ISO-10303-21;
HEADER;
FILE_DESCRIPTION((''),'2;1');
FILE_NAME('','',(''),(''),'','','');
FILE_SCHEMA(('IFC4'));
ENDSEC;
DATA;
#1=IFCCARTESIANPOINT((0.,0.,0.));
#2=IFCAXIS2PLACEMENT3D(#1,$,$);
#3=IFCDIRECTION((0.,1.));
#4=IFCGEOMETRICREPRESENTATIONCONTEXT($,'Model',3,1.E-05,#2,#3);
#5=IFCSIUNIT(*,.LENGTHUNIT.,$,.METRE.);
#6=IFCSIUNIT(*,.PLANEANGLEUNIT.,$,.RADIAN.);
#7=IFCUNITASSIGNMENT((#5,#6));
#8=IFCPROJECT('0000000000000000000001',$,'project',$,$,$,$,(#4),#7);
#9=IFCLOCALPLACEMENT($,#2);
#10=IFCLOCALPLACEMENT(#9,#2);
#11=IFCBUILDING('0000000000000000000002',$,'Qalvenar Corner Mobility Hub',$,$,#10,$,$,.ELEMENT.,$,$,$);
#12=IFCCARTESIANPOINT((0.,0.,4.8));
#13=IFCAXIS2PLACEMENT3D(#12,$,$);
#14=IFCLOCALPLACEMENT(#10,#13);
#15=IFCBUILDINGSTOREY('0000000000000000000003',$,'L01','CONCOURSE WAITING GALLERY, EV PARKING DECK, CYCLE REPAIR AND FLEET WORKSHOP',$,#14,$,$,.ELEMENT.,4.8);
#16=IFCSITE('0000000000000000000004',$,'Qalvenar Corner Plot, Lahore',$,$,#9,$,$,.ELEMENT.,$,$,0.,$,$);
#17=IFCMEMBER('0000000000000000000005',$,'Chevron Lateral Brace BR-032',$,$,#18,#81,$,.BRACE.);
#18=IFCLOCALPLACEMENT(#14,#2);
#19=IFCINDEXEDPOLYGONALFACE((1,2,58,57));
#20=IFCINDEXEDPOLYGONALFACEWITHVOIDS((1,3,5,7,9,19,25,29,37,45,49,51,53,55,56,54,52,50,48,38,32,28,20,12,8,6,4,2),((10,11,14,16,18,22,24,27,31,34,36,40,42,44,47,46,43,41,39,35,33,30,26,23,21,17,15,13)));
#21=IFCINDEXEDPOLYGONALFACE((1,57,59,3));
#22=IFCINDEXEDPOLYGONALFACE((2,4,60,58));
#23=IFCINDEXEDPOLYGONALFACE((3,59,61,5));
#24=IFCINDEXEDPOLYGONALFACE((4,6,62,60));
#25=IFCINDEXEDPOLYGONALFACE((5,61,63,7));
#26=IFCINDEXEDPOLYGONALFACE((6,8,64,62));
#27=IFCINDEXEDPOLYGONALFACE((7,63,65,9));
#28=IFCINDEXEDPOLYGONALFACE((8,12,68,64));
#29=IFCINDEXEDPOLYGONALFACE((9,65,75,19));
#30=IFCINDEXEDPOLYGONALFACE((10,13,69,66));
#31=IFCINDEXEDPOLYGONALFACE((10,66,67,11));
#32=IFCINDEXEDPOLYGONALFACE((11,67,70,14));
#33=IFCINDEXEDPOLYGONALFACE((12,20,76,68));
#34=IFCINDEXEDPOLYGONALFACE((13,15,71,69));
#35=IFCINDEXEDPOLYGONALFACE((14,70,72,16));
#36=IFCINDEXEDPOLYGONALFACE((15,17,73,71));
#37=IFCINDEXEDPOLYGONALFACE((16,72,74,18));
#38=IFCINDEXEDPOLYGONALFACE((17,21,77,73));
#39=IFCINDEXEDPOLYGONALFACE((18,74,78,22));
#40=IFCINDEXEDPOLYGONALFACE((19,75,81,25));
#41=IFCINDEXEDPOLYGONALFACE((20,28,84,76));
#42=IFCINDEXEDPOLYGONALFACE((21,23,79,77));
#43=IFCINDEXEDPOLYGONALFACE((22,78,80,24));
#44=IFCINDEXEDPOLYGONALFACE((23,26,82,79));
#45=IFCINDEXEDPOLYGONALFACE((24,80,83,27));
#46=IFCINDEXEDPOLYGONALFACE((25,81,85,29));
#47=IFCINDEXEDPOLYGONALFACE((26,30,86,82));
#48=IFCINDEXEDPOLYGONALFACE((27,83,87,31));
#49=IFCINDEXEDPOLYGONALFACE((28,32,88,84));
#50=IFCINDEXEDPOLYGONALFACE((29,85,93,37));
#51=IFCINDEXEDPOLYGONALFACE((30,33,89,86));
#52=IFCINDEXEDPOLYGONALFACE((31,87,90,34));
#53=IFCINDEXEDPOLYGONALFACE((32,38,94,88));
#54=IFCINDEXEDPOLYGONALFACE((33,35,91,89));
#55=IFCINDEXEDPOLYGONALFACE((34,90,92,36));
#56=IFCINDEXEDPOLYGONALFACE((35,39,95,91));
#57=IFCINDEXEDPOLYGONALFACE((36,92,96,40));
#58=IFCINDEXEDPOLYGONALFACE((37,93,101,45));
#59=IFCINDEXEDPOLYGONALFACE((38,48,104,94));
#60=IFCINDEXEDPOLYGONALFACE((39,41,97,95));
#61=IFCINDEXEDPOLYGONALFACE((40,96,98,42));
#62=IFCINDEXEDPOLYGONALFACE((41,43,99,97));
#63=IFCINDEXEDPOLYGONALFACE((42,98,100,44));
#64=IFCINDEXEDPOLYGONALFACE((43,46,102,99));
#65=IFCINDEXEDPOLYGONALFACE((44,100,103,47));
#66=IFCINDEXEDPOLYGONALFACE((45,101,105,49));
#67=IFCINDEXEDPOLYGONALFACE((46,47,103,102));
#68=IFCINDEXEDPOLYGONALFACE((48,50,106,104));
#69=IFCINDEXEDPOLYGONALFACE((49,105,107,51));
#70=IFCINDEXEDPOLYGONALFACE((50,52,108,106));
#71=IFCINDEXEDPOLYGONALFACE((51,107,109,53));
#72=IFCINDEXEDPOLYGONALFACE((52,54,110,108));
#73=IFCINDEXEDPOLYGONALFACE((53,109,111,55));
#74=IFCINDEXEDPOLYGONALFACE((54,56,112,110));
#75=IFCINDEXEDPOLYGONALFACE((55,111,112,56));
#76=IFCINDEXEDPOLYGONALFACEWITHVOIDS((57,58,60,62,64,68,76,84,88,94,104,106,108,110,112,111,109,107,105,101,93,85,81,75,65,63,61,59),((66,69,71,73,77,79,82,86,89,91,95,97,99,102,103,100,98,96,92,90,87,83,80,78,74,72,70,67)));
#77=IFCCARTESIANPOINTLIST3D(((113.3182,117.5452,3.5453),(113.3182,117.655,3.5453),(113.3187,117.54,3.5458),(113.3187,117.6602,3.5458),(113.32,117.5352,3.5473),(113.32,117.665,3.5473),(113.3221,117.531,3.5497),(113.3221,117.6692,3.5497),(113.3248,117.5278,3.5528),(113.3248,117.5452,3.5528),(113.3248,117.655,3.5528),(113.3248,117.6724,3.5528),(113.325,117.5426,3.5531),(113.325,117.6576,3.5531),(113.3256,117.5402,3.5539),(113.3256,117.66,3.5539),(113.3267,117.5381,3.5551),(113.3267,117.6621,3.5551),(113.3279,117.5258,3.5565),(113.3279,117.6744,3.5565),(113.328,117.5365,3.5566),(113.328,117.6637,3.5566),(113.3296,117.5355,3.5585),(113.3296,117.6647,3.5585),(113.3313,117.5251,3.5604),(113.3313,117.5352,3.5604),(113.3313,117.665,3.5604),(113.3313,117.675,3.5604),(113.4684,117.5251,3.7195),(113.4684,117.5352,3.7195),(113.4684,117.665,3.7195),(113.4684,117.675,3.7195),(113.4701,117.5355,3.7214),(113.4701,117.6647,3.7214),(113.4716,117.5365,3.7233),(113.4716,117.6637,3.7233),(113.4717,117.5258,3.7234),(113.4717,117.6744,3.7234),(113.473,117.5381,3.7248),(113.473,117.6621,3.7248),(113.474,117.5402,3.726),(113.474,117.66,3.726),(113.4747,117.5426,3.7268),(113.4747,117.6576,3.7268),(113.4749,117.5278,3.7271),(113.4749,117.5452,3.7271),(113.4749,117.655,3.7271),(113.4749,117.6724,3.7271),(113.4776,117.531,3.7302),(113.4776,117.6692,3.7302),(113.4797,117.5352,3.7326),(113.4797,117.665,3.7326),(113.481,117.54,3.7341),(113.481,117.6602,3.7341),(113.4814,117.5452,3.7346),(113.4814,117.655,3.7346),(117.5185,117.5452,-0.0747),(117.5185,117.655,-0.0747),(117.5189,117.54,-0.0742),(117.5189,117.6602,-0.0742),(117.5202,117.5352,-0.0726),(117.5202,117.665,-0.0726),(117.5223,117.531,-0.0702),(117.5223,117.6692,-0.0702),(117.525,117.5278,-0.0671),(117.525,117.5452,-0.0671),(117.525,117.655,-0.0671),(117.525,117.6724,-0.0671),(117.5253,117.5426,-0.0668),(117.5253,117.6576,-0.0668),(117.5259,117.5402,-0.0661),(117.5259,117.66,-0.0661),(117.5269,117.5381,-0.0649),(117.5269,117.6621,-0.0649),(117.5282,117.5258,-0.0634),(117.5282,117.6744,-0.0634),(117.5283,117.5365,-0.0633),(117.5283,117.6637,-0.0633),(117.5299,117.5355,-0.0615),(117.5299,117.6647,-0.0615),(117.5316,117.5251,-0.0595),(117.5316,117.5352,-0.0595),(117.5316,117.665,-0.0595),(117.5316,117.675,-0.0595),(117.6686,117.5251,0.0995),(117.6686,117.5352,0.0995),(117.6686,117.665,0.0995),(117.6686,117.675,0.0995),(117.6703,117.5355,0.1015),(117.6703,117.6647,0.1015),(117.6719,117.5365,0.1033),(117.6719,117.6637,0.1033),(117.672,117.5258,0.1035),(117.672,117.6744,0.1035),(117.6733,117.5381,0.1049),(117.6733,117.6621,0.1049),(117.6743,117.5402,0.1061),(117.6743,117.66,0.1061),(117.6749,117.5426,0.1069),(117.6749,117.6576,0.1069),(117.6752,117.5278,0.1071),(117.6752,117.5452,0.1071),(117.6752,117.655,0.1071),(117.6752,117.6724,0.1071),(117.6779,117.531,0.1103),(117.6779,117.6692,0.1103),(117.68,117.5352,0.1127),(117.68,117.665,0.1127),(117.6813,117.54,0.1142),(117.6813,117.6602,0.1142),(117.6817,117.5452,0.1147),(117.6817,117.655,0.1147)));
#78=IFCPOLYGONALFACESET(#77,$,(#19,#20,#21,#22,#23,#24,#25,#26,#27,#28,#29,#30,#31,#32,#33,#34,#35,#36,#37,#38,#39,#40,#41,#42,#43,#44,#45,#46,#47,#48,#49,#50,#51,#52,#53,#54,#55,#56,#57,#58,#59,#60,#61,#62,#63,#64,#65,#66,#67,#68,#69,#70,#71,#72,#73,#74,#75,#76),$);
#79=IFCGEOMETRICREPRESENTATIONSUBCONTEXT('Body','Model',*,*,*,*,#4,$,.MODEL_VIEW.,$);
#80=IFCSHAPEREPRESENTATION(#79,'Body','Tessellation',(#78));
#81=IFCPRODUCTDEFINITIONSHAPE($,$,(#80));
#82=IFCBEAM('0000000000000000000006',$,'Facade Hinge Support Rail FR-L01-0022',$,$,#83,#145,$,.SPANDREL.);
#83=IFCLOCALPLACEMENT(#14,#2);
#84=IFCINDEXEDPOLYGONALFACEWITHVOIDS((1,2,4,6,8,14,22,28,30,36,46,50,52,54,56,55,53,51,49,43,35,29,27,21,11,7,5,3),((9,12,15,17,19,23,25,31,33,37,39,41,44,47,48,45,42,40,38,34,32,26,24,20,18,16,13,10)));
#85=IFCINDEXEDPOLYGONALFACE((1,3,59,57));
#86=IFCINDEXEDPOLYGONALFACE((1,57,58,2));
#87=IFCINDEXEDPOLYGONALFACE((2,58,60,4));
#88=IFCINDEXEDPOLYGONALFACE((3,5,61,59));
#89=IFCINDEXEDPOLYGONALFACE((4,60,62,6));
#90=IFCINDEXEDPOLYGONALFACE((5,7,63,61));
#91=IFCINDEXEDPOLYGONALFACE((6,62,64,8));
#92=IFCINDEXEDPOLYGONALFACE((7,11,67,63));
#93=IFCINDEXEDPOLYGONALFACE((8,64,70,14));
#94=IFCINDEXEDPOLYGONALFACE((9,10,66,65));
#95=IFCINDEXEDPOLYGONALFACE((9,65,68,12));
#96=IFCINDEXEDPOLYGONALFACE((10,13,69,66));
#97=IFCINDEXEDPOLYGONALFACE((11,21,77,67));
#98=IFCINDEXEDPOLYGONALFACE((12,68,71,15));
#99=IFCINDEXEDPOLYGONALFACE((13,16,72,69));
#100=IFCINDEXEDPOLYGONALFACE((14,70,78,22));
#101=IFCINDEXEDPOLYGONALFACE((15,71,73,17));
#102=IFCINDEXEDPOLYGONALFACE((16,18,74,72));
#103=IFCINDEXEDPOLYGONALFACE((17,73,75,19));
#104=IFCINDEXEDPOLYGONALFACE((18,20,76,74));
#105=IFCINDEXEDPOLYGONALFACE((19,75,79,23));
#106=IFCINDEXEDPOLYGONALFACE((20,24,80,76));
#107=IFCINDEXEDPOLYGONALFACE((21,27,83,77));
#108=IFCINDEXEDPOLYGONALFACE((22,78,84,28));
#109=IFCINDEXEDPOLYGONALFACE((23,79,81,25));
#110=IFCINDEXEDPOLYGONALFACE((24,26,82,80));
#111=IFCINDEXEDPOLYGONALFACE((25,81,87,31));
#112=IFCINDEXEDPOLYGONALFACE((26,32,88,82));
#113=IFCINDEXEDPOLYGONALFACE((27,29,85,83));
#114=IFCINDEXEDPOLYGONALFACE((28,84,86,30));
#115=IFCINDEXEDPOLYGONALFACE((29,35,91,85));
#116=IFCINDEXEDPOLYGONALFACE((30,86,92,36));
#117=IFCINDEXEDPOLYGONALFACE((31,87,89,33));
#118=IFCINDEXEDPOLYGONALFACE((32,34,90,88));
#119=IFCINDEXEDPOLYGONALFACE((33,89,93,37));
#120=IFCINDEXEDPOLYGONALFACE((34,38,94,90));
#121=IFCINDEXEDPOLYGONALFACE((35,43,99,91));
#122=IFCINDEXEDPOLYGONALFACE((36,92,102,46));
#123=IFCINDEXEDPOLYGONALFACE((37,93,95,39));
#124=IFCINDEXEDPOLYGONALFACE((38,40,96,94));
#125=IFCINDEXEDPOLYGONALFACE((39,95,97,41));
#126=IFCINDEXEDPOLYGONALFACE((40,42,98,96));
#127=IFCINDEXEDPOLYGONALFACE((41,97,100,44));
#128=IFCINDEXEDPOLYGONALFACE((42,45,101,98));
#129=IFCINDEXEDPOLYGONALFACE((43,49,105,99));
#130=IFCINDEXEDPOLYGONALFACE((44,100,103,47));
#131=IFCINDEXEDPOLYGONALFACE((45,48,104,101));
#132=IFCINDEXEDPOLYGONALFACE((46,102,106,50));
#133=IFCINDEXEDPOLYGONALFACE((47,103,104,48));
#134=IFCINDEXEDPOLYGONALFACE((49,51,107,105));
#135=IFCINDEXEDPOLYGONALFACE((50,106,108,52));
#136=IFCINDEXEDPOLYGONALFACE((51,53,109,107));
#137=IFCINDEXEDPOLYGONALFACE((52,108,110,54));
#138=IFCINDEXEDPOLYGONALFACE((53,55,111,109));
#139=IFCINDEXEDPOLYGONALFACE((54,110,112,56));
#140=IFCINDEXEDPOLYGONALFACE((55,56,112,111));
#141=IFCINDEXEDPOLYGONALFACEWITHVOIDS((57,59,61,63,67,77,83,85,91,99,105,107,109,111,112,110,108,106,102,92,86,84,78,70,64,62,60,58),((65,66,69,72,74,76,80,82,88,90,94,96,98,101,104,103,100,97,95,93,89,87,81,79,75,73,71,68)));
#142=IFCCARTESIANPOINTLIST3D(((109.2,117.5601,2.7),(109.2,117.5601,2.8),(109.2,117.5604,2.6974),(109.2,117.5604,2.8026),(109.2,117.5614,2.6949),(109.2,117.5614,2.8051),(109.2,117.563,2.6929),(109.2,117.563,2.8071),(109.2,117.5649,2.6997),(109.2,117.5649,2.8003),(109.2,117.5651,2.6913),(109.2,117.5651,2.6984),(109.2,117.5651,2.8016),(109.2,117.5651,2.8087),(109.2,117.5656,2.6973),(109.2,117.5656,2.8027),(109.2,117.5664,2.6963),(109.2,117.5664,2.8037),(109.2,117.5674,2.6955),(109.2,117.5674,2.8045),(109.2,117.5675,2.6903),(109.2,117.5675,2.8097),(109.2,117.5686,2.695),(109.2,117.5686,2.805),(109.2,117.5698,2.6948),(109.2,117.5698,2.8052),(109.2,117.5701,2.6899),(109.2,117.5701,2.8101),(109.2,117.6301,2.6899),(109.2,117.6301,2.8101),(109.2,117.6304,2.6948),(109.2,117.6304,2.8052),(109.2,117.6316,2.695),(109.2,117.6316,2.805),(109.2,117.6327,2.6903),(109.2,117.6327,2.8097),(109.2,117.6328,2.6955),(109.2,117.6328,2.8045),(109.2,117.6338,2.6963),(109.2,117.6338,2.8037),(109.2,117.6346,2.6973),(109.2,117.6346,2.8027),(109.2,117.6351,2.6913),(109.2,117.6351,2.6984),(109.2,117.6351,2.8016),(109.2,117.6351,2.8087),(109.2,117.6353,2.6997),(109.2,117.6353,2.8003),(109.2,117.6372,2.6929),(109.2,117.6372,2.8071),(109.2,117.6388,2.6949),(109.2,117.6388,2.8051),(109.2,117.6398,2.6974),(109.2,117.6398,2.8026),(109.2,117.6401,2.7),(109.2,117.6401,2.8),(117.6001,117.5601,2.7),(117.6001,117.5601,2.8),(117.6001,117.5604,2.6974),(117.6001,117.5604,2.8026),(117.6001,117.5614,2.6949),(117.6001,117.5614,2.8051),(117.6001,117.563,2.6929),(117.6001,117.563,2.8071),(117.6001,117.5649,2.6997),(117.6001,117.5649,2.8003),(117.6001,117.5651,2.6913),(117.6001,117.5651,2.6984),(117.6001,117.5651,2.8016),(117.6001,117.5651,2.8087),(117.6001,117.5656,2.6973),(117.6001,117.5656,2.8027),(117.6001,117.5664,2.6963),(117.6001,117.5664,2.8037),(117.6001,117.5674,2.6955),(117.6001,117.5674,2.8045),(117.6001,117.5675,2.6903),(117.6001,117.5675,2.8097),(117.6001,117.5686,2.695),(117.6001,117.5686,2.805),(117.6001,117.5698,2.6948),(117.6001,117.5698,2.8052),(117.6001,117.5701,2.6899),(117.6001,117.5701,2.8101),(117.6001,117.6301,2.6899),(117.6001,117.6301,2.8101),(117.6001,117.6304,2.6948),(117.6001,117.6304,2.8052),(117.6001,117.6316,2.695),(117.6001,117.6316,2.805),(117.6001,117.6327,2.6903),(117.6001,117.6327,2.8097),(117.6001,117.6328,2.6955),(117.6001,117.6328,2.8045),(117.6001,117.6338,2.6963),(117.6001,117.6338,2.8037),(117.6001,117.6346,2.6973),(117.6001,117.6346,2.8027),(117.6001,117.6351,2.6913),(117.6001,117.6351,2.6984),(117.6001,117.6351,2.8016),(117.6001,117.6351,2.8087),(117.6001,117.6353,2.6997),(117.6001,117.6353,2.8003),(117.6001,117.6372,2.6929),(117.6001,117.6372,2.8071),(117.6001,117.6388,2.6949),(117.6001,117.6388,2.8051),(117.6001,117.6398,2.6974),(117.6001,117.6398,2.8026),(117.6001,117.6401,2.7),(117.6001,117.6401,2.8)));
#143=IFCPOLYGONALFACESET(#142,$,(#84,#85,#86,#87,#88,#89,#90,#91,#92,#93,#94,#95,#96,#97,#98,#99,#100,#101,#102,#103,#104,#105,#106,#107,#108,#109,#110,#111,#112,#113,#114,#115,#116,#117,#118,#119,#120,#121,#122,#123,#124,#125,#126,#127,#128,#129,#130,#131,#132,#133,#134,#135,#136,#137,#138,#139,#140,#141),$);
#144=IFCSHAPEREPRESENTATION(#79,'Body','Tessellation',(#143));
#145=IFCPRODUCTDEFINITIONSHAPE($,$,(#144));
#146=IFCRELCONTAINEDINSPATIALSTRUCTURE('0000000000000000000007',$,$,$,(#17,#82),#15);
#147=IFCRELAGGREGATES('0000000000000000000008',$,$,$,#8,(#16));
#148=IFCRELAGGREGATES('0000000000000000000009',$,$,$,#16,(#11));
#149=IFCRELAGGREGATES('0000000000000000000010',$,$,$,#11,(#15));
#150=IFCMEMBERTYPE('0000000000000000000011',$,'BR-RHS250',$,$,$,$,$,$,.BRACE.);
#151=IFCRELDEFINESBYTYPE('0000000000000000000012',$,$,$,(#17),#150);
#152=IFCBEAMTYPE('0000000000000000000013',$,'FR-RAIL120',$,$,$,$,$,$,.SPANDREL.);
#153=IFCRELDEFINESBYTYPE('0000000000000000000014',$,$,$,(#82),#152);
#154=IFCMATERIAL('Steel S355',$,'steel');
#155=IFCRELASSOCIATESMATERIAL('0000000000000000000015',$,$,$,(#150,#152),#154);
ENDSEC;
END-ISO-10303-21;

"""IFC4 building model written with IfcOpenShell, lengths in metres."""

from ifc_helpers import new_model, si_unit, direction, frame, origin, origin_2d, place, context, subcontext, project, spatial, hollow_rectangle, extrude, material, material_profile, profile_set, type_object, element, save


model = new_model("IFC4")

# Units and contexts
model_context = context("Model", 3, precision=1e-05, world=origin(), true_north=direction((0.0, 1.0)))
body_context = subcontext(model_context, "Body", "Model", "MODEL_VIEW")
ifc_project = project(units=[si_unit("LENGTHUNIT", "METRE"), si_unit("PLANEANGLEUNIT", "RADIAN")], contexts=[model_context])

# Site, building, storey
site_placement = place(None, origin())
site = spatial("IfcSite", under=ifc_project, at=site_placement, Name="Qalvenar Corner Plot, Lahore", CompositionType="ELEMENT", RefElevation=0.0)
building_placement = place(site_placement, origin())
building = spatial("IfcBuilding", under=site, at=building_placement, Name="Qalvenar Corner Mobility Hub", CompositionType="ELEMENT")
storey_placement = place(building_placement, frame((0.0, 0.0, 4.8)))
storey = spatial("IfcBuildingStorey", under=building, at=storey_placement, Name="L01", Description="CONCOURSE WAITING GALLERY, EV PARKING DECK, CYCLE REPAIR AND FLEET WORKSHOP", CompositionType="ELEMENT", Elevation=4.8)

# Shared definitions
ifc_material = material(Name="Steel S355", Category="steel")

# Member
ifc_material_profile_1 = material_profile(ifc_material, hollow_rectangle(XDim=0.1499, YDim=0.25, WallThickness=0.01, InnerFilletRadius=0.01, OuterFilletRadius=0.02, at=origin_2d()), Name="RHS250x150x10")
ifc_profile_set_1 = profile_set([ifc_material_profile_1], Name="Steel S355")
member_type = type_object("IfcMemberType", Name="BR-RHS250", PredefinedType="BRACE", material=ifc_profile_set_1)
member_placement = place(storey_placement, frame((117.6001, 117.6001, 0.02), z_axis=(-0.757498, 0.0, 0.652838), x_axis=(0.0, -1.0, 0.0)))
element("IfcMember", 1, at=member_placement, inside=storey, type_object=member_type, Name="Chevron Lateral Brace BR-032", PredefinedType="BRACE", context=body_context, shape_type="SweptSolid", body=[
    extrude(hollow_rectangle(XDim=0.1499, YDim=0.25, WallThickness=0.01, InnerFilletRadius=0.01, OuterFilletRadius=0.02, at=origin_2d()), origin(), (0.0, 0.0, 1.0), 5.5449),
])

# Beam
ifc_material_profile_2 = material_profile(ifc_material, hollow_rectangle(XDim=0.0801, YDim=0.1201, WallThickness=0.0049, InnerFilletRadius=0.0049, OuterFilletRadius=0.01, at=origin_2d()), Name="RHS120x80x5")
ifc_profile_set_2 = profile_set([ifc_material_profile_2], Name="Steel S355")
beam_type_1 = type_object("IfcBeamType", Name="FR-RAIL120", PredefinedType="SPANDREL", material=ifc_profile_set_2)
beam_1_placement = place(storey_placement, frame((117.6001, 117.6001, 2.75), z_axis=(-1.0, 0.0, 0.0), x_axis=(0.0, -1.0, 0.0)))
element("IfcBeam", 2, at=beam_1_placement, inside=storey, type_object=beam_type_1, Name="Facade Hinge Support Rail FR-L01-0022", PredefinedType="SPANDREL", context=body_context, shape_type="SweptSolid", body=[
    extrude(hollow_rectangle(XDim=0.0801, YDim=0.1201, WallThickness=0.0049, InnerFilletRadius=0.0049, OuterFilletRadius=0.01, at=origin_2d()), origin(), (0.0, 0.0, 1.0), 8.4001),
])

save(model, "model.ifc")
